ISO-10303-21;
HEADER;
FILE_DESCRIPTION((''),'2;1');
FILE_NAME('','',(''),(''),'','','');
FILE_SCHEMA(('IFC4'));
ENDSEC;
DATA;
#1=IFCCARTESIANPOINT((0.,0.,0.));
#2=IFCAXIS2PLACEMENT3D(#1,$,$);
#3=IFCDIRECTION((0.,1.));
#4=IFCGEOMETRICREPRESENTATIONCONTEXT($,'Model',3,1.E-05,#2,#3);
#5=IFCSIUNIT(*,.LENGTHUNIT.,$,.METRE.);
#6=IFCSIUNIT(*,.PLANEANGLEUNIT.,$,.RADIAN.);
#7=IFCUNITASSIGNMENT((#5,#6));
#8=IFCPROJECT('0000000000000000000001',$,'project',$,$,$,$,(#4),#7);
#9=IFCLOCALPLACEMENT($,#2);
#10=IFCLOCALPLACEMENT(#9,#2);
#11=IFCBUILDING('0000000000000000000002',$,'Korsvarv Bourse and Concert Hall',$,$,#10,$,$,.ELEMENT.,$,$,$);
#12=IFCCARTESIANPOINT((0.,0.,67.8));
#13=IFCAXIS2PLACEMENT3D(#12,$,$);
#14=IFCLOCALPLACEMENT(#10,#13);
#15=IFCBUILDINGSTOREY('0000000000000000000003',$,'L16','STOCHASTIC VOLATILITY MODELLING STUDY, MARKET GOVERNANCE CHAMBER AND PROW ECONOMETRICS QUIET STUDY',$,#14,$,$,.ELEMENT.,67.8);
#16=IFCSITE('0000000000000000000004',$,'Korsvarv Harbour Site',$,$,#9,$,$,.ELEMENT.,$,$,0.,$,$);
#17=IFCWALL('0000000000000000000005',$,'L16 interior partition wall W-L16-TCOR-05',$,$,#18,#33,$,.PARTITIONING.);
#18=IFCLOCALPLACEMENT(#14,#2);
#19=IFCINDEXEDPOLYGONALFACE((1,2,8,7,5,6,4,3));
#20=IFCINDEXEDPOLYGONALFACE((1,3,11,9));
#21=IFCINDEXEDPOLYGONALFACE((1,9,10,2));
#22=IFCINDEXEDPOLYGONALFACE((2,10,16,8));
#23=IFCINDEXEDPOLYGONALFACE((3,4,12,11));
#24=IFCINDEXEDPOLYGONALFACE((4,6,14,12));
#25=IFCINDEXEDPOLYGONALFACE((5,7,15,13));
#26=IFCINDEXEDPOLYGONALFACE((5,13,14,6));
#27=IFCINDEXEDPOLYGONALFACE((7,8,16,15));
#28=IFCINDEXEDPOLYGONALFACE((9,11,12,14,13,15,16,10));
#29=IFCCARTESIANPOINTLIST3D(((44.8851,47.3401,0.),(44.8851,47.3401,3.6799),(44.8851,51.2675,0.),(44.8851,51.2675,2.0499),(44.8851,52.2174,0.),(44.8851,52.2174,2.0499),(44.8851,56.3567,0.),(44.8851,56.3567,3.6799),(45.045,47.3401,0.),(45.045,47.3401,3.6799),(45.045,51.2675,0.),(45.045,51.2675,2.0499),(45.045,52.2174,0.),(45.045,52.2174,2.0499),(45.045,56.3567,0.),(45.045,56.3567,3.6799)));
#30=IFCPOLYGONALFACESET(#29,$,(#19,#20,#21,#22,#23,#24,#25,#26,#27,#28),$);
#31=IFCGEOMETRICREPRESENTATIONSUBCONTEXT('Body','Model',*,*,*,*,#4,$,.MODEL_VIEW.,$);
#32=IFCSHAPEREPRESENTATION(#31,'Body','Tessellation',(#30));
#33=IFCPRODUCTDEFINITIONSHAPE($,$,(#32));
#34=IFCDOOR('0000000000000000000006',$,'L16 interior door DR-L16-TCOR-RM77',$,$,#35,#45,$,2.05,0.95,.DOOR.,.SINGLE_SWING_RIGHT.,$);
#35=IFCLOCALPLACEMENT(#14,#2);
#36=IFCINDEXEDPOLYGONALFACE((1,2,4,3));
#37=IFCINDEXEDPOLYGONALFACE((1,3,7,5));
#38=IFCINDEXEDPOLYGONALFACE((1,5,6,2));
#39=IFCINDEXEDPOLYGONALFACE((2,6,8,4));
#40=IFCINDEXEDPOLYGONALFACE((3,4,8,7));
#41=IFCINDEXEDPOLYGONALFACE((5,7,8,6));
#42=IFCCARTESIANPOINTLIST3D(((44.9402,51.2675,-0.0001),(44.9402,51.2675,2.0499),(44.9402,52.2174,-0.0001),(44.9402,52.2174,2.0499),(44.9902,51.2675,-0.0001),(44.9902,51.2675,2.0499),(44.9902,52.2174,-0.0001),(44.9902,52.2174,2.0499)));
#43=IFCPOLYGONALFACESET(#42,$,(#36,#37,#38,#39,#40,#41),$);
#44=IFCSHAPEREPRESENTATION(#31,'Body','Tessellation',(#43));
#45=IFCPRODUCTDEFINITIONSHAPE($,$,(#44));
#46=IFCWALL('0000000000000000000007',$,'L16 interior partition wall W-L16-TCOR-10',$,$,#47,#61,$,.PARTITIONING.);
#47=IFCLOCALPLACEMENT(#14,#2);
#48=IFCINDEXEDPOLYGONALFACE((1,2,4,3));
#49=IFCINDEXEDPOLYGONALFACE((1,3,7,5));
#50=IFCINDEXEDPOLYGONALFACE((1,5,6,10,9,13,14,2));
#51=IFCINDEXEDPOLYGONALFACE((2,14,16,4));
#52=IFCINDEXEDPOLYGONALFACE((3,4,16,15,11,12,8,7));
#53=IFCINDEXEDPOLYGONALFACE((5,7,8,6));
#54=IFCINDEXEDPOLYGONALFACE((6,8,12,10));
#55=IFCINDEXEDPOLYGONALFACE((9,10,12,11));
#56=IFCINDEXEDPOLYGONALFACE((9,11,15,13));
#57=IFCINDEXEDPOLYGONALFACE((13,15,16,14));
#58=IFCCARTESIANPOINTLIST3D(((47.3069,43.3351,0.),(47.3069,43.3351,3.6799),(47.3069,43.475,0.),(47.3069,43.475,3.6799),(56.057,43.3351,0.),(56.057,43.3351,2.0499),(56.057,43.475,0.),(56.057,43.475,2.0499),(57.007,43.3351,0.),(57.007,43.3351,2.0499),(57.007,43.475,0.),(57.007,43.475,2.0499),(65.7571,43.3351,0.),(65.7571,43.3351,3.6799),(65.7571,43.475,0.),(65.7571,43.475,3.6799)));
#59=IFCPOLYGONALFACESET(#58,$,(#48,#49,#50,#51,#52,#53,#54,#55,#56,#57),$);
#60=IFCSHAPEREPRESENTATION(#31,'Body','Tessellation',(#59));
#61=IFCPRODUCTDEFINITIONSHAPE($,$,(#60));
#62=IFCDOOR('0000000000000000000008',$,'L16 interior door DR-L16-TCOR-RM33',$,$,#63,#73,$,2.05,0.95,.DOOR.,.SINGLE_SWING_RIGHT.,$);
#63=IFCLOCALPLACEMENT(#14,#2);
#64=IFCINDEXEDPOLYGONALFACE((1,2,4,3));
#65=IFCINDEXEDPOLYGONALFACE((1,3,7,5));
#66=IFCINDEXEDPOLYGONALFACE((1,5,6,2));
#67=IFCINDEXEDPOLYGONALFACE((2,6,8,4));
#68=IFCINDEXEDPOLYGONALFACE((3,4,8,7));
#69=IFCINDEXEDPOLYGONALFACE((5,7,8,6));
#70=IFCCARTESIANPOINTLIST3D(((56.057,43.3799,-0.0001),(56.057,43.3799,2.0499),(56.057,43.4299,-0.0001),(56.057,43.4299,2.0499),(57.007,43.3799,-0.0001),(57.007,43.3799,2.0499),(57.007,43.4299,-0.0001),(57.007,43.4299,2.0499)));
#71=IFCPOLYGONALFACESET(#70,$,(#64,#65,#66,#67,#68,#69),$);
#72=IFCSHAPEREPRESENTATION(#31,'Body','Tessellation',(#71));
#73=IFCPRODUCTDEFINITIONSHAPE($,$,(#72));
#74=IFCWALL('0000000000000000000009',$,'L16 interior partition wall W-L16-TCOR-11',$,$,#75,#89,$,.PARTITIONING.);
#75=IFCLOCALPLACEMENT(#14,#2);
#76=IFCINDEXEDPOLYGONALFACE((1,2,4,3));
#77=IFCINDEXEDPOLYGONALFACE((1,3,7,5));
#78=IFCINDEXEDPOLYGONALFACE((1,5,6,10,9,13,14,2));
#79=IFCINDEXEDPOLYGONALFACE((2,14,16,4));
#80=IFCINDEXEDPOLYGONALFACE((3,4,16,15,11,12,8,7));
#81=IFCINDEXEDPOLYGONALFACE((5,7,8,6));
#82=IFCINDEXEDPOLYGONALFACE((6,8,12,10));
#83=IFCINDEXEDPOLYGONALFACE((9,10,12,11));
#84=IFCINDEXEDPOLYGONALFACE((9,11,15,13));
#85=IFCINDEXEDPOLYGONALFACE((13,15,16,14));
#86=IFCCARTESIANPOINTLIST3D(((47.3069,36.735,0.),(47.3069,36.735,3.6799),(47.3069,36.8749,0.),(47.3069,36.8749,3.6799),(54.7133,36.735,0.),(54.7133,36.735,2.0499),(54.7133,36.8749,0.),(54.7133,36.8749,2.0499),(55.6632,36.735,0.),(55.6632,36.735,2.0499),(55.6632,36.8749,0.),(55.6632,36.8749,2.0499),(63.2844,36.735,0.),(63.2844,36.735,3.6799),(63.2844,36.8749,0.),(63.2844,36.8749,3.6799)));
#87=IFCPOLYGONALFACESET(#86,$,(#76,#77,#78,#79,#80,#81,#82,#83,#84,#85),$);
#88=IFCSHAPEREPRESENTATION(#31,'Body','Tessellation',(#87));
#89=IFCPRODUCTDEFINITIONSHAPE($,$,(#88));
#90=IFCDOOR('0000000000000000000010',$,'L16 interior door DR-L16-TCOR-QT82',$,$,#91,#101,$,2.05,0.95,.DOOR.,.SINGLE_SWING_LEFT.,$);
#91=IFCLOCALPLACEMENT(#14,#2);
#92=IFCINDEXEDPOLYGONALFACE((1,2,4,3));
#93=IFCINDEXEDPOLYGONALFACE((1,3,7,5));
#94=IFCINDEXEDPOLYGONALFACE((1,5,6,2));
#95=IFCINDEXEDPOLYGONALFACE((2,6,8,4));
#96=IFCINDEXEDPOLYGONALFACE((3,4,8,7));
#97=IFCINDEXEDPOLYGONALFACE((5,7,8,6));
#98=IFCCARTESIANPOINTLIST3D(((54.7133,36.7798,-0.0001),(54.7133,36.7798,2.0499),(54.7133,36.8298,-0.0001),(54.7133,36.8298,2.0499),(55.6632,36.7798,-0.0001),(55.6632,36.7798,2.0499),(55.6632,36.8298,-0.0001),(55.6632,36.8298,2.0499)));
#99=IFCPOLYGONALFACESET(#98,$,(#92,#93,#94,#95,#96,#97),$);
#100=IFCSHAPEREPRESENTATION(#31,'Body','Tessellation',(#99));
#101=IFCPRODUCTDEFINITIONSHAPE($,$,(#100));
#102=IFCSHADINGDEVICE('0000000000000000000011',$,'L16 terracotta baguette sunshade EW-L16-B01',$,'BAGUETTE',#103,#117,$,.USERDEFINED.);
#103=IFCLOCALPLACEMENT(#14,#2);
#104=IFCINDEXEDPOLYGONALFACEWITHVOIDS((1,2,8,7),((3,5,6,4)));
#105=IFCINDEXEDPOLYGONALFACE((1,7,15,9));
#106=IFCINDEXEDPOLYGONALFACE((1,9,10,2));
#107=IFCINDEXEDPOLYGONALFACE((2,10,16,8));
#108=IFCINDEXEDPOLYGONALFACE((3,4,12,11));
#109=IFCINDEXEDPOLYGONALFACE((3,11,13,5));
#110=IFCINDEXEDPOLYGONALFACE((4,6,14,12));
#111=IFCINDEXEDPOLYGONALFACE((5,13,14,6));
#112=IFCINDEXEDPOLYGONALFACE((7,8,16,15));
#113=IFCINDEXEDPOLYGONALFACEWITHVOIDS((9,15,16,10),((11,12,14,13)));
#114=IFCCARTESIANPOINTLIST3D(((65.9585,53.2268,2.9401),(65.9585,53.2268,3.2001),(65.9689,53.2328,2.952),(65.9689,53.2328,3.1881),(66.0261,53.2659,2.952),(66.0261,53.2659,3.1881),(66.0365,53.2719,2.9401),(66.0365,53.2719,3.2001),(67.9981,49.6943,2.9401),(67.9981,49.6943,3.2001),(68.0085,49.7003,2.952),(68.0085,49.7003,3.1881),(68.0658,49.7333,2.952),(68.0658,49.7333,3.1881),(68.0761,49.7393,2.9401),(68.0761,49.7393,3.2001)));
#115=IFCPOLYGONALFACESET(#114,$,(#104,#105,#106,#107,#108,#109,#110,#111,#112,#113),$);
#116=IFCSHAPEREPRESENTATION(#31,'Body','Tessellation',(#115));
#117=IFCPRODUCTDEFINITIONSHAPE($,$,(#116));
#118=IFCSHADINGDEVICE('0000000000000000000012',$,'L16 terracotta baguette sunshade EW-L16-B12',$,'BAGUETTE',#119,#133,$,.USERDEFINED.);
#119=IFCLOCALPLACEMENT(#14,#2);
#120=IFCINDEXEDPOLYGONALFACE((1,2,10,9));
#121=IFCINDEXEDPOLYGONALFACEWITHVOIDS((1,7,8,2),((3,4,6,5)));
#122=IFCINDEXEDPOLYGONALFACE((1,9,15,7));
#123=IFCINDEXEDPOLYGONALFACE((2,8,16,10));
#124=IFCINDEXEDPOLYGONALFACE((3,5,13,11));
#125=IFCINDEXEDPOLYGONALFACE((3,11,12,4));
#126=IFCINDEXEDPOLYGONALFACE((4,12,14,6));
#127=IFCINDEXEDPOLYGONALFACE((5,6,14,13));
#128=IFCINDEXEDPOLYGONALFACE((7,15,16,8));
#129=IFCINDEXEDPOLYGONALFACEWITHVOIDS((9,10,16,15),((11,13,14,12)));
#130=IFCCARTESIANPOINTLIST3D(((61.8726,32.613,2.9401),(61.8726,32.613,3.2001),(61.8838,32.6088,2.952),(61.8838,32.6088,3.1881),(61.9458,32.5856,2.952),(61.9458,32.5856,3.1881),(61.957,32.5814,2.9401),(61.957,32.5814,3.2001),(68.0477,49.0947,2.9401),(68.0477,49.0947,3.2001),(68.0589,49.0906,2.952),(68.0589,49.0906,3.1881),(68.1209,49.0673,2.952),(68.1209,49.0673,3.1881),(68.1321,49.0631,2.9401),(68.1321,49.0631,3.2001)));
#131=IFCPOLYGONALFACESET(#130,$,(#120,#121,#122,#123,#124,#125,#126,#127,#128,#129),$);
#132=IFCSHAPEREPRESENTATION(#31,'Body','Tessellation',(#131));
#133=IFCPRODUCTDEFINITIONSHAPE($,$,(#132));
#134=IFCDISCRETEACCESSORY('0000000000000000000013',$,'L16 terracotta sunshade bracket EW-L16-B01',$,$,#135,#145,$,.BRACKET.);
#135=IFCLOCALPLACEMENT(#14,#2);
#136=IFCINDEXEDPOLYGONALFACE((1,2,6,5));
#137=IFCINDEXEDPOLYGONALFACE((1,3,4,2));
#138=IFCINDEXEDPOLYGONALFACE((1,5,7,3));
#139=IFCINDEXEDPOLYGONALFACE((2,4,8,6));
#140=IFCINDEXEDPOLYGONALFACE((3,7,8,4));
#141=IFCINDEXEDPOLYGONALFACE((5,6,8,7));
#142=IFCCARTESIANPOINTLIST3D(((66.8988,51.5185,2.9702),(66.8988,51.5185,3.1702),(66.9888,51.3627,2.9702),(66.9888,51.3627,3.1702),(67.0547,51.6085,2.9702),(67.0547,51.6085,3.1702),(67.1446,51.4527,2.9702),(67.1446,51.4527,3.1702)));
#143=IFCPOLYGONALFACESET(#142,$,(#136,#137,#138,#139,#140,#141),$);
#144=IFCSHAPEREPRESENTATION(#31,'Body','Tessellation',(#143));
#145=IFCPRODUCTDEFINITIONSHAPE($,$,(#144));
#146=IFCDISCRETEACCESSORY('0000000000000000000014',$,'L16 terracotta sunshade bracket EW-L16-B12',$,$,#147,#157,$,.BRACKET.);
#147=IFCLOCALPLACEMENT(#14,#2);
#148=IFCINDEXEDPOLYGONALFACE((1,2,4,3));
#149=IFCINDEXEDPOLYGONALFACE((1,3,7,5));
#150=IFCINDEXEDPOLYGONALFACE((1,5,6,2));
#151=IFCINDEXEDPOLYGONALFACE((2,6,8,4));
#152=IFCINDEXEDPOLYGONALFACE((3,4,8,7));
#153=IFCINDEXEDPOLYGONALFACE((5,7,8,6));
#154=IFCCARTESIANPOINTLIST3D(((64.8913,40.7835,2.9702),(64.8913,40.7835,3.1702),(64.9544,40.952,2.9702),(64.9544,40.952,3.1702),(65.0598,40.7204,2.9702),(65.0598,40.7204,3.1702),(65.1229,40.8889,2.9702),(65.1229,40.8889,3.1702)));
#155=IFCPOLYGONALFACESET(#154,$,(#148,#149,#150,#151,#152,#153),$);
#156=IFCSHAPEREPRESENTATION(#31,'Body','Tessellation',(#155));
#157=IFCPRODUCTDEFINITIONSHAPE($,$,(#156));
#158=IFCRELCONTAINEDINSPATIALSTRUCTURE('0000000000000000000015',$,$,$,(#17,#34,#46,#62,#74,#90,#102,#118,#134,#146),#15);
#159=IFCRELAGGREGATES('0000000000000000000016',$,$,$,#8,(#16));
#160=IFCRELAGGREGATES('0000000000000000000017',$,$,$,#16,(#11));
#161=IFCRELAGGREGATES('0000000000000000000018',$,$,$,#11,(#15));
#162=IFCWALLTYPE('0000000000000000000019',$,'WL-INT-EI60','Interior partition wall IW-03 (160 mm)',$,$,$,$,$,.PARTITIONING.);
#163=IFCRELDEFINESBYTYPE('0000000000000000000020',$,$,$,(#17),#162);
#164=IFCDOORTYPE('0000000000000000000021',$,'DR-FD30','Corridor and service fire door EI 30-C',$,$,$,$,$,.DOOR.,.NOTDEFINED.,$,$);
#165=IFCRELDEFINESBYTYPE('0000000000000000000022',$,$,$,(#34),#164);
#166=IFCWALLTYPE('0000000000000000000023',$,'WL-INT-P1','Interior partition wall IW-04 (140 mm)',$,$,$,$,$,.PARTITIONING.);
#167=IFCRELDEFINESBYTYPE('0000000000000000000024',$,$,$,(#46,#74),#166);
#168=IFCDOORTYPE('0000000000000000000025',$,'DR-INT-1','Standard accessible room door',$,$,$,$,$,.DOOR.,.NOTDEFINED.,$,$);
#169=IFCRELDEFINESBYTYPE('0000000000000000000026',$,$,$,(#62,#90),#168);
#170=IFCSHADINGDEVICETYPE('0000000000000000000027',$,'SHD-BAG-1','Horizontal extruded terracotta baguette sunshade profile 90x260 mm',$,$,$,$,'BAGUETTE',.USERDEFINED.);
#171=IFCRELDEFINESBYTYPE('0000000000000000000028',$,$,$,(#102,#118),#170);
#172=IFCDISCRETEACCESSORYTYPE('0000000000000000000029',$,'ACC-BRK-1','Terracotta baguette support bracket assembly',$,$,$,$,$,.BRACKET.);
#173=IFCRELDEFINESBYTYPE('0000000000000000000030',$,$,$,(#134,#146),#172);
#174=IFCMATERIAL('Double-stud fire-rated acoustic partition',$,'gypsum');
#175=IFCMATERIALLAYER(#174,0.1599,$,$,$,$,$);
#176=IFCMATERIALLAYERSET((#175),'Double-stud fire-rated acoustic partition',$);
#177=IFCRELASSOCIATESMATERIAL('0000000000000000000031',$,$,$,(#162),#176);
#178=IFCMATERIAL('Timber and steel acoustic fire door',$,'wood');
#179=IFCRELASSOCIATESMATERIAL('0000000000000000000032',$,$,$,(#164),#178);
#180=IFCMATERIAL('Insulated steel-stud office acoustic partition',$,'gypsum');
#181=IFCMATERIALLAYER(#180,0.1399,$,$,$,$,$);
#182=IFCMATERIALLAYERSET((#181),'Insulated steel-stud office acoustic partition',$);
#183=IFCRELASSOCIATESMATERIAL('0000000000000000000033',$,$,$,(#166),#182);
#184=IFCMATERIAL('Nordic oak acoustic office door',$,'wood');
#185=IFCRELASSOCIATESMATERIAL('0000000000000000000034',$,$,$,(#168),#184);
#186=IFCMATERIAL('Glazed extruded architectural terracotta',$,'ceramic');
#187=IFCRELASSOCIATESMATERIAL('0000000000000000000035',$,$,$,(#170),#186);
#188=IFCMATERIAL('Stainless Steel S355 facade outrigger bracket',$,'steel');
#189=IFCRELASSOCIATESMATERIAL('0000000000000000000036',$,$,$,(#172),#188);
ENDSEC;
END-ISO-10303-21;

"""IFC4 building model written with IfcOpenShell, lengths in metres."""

from ifc_helpers import new_model, si_unit, direction, frame, frame_2d, origin, origin_2d, place, context, subcontext, project, spatial, rectangle, hollow_rectangle, extrude, source, transform, mapped, material, layer, layer_set, material_profile, profile_set, type_object, element, fill, save


model = new_model("IFC4")

# Units and contexts
model_context = context("Model", 3, precision=1e-05, world=origin(), true_north=direction((0.0, 1.0)))
body_context = subcontext(model_context, "Body", "Model", "MODEL_VIEW")
ifc_project = project(units=[si_unit("LENGTHUNIT", "METRE"), si_unit("PLANEANGLEUNIT", "RADIAN")], contexts=[model_context])

# Site, building, storey
site_placement = place(None, origin())
site = spatial("IfcSite", under=ifc_project, at=site_placement, Name="Korsvarv Harbour Site", CompositionType="ELEMENT", RefElevation=0.0)
building_placement = place(site_placement, origin())
building = spatial("IfcBuilding", under=site, at=building_placement, Name="Korsvarv Bourse and Concert Hall", CompositionType="ELEMENT")
storey_placement = place(building_placement, frame((0.0, 0.0, 67.8)))
storey = spatial("IfcBuildingStorey", under=building, at=storey_placement, Name="L16", Description="STOCHASTIC VOLATILITY MODELLING STUDY, MARKET GOVERNANCE CHAMBER AND PROW ECONOMETRICS QUIET STUDY", CompositionType="ELEMENT", Elevation=67.8)

# Walls, openings, doors
ifc_material_1 = material(Name="Double-stud fire-rated acoustic partition", Category="gypsum")
ifc_layer_1 = layer(ifc_material_1, 0.1599)
ifc_layer_set_1 = layer_set([ifc_layer_1], Name="Double-stud fire-rated acoustic partition")
wall_type_1 = type_object("IfcWallType", Name="WL-INT-EI60", Description="Interior partition wall IW-03 (160 mm)", PredefinedType="PARTITIONING", material=ifc_layer_set_1)
wall_1_placement = place(storey_placement, frame((44.9651, 47.3401, 0.0), z_axis=(0.0, 0.0, 1.0), x_axis=(0.0, 1.0, 0.0)))
wall_1 = element("IfcWall", 1, at=wall_1_placement, inside=storey, type_object=wall_type_1, Name="L16 interior partition wall W-L16-TCOR-05", PredefinedType="PARTITIONING", context=body_context, shape_type="SweptSolid", body=[
    extrude(rectangle(XDim=9.0166, YDim=0.1599, at=frame_2d((4.5083, 0.0))), origin(), (0.0, 0.0, 1.0), 3.6799),
])
opening_1_placement = place(wall_1_placement, frame((3.9272, 0.0, 0.0)))
opening_1 = element("IfcOpeningElement", 2, at=opening_1_placement, cuts=wall_1, PredefinedType="OPENING", context=body_context, shape_type="SweptSolid", body=[
    extrude(rectangle(XDim=0.95, YDim=2.05, at=frame_2d((0.4751, 1.0249))), frame((0.0, 0.0898, 0.0), z_axis=(0.0, -1.0, 0.0), x_axis=(1.0, 0.0, 0.0)), (0.0, 0.0, 1.0), 0.1799),
])
ifc_material_2 = material(Name="Timber and steel acoustic fire door", Category="wood")
door_type_1 = type_object("IfcDoorType", Name="DR-FD30", Description="Corridor and service fire door EI 30-C", OperationType="NOTDEFINED", PredefinedType="DOOR", material=ifc_material_2)
door_1_placement = place(opening_1_placement, origin())
door_1 = element("IfcDoor", 3, at=door_1_placement, inside=storey, type_object=door_type_1, Name="L16 interior door DR-L16-TCOR-RM77", OperationType="SINGLE_SWING_RIGHT", OverallHeight=2.05, OverallWidth=0.95, PredefinedType="DOOR", context=body_context, shape_type="SweptSolid", body=[
    extrude(rectangle(XDim=0.95, YDim=2.05, at=frame_2d((0.4751, 1.0249))), frame((0.0, 0.0249, 0.0), z_axis=(0.0, -1.0, 0.0), x_axis=(1.0, 0.0, 0.0)), (0.0, 0.0, 1.0), 0.05),
])
fill(opening_1, door_1)
ifc_material_3 = material(Name="Insulated steel-stud office acoustic partition", Category="gypsum")
ifc_layer_2 = layer(ifc_material_3, 0.1399)
ifc_layer_set_2 = layer_set([ifc_layer_2], Name="Insulated steel-stud office acoustic partition")
wall_type_2 = type_object("IfcWallType", Name="WL-INT-P1", Description="Interior partition wall IW-04 (140 mm)", PredefinedType="PARTITIONING", material=ifc_layer_set_2)
wall_2_placement = place(storey_placement, frame((47.3069, 43.405, 0.0), z_axis=(0.0, 0.0, 1.0), x_axis=(1.0, 0.0, 0.0)))
wall_2 = element("IfcWall", 4, at=wall_2_placement, inside=storey, type_object=wall_type_2, Name="L16 interior partition wall W-L16-TCOR-10", PredefinedType="PARTITIONING", context=body_context, shape_type="SweptSolid", body=[
    extrude(rectangle(XDim=18.4502, YDim=0.1399, at=frame_2d((9.2251, 0.0))), origin(), (0.0, 0.0, 1.0), 3.6799),
])
opening_2_placement = place(wall_2_placement, frame((8.75, 0.0, 0.0)))
opening_2 = element("IfcOpeningElement", 5, at=opening_2_placement, cuts=wall_2, PredefinedType="OPENING", context=body_context, shape_type="SweptSolid", body=[
    extrude(rectangle(XDim=0.95, YDim=2.05, at=frame_2d((0.4751, 1.0249))), frame((0.0, 0.0801, 0.0), z_axis=(0.0, -1.0, 0.0), x_axis=(1.0, 0.0, 0.0)), (0.0, 0.0, 1.0), 0.1599),
])
ifc_material_4 = material(Name="Nordic oak acoustic office door", Category="wood")
door_type_2 = type_object("IfcDoorType", Name="DR-INT-1", Description="Standard accessible room door", OperationType="NOTDEFINED", PredefinedType="DOOR", material=ifc_material_4)
door_2_placement = place(opening_2_placement, origin())
door_2 = element("IfcDoor", 6, at=door_2_placement, inside=storey, type_object=door_type_2, Name="L16 interior door DR-L16-TCOR-RM33", OperationType="SINGLE_SWING_RIGHT", OverallHeight=2.05, OverallWidth=0.95, PredefinedType="DOOR", context=body_context, shape_type="SweptSolid", body=[
    extrude(rectangle(XDim=0.95, YDim=2.05, at=frame_2d((0.4751, 1.0249))), frame((0.0, 0.0249, 0.0), z_axis=(0.0, -1.0, 0.0), x_axis=(1.0, 0.0, 0.0)), (0.0, 0.0, 1.0), 0.05),
])
fill(opening_2, door_2)
wall_3_placement = place(storey_placement, frame((47.3069, 36.8049, 0.0), z_axis=(0.0, 0.0, 1.0), x_axis=(1.0, 0.0, 0.0)))
wall_3 = element("IfcWall", 7, at=wall_3_placement, inside=storey, type_object=wall_type_2, Name="L16 interior partition wall W-L16-TCOR-11", PredefinedType="PARTITIONING", context=body_context, shape_type="SweptSolid", body=[
    extrude(rectangle(XDim=15.9775, YDim=0.1399, at=frame_2d((7.9888, 0.0))), origin(), (0.0, 0.0, 1.0), 3.6799),
])
opening_3_placement = place(wall_3_placement, frame((7.4062, 0.0, 0.0)))
opening_3 = element("IfcOpeningElement", 8, at=opening_3_placement, cuts=wall_3, PredefinedType="OPENING", context=body_context, shape_type="SweptSolid", body=[
    extrude(rectangle(XDim=0.95, YDim=2.05, at=frame_2d((0.4751, 1.0249))), frame((0.0, 0.0801, 0.0), z_axis=(0.0, -1.0, 0.0), x_axis=(1.0, 0.0, 0.0)), (0.0, 0.0, 1.0), 0.1599),
])
door_3_placement = place(opening_3_placement, origin())
door_3 = element("IfcDoor", 9, at=door_3_placement, inside=storey, type_object=door_type_2, Name="L16 interior door DR-L16-TCOR-QT82", OperationType="SINGLE_SWING_LEFT", OverallHeight=2.05, OverallWidth=0.95, PredefinedType="DOOR", context=body_context, shape_type="SweptSolid", body=[
    extrude(rectangle(XDim=0.95, YDim=2.05, at=frame_2d((0.4751, 1.0249))), frame((0.0, 0.0249, 0.0), z_axis=(0.0, -1.0, 0.0), x_axis=(1.0, 0.0, 0.0)), (0.0, 0.0, 1.0), 0.05),
])
fill(opening_3, door_3)

# Shading devices
ifc_material_5 = material(Name="Glazed extruded architectural terracotta", Category="ceramic")
ifc_material_profile_1 = material_profile(ifc_material_5, hollow_rectangle(XDim=0.0901, YDim=0.26, WallThickness=0.012, at=origin_2d()), Name="TC-BAG 90x260")
ifc_profile_set_1 = profile_set([ifc_material_profile_1], Name="Glazed extruded architectural terracotta")
shading_device_type = type_object("IfcShadingDeviceType", Name="SHD-BAG-1", Description="Horizontal extruded terracotta baguette sunshade profile 90x260 mm", ElementType="BAGUETTE", PredefinedType="USERDEFINED", material=ifc_profile_set_1)
shared_shape_1 = source(origin(), body_context, "Body", "SweptSolid", [
    extrude(hollow_rectangle(XDim=0.0901, YDim=0.26, WallThickness=0.012, at=origin_2d()), origin(), (0.0, 0.0, 1.0), 4.0791),
])
shading_device_1_placement = place(storey_placement, frame((68.0371, 49.7168, 3.0701), z_axis=(-0.500014, 0.866017, 0.0), x_axis=(-0.866017, -0.500014, 0.0)))
element("IfcShadingDevice", 10, at=shading_device_1_placement, inside=storey, type_object=shading_device_type, Name="L16 terracotta baguette sunshade EW-L16-B01", ObjectType="BAGUETTE", PredefinedType="USERDEFINED", context=body_context, shape_type="MappedRepresentation", body=[
    mapped(shared_shape_1, transform((0.0, 0.0, 0.0), scale=1.0)),
])
shared_shape_2 = source(origin(), body_context, "Body", "SweptSolid", [
    extrude(hollow_rectangle(XDim=0.0901, YDim=0.26, WallThickness=0.012, at=origin_2d()), origin(), (0.0, 0.0, 1.0), 17.6006),
])
shading_device_2_placement = place(storey_placement, frame((61.9148, 32.5972, 3.0701), z_axis=(0.350845, 0.936433, 0.0), x_axis=(-0.936433, 0.350845, 0.0)))
element("IfcShadingDevice", 11, at=shading_device_2_placement, inside=storey, type_object=shading_device_type, Name="L16 terracotta baguette sunshade EW-L16-B12", ObjectType="BAGUETTE", PredefinedType="USERDEFINED", context=body_context, shape_type="MappedRepresentation", body=[
    mapped(shared_shape_2, transform((0.0, 0.0, 0.0), scale=1.0)),
])

# Discrete accessories
ifc_material_6 = material(Name="Stainless Steel S355 facade outrigger bracket", Category="steel")
discrete_accessory_type = type_object("IfcDiscreteAccessoryType", Name="ACC-BRK-1", Description="Terracotta baguette support bracket assembly", PredefinedType="BRACKET", material=ifc_material_6)
shared_shape_3 = source(origin(), body_context, "Body", "SweptSolid", [
    extrude(rectangle(XDim=0.1799, YDim=0.1799, at=origin_2d()), origin(), (0.0, 0.0, 1.0), 0.2),
])
for number, where, z_axis, x_axis, name in (
    (12, (67.0217, 51.4856, 2.9702), (0.0, 0.0, 1.0), (-0.5, 0.866025, 0.0), "L16 terracotta sunshade bracket EW-L16-B01"),
    (13, (65.0071, 40.8362, 2.9702), (0.0, 0.0, 1.0), (0.350861, 0.936427, 0.0), "L16 terracotta sunshade bracket EW-L16-B12"),
):
    element("IfcDiscreteAccessory", number, at=place(storey_placement, frame(where, z_axis=z_axis, x_axis=x_axis)), inside=storey, type_object=discrete_accessory_type, Name=name, PredefinedType="BRACKET", context=body_context, shape_type="MappedRepresentation", body=[
        mapped(shared_shape_3, transform((0.0, 0.0, 0.0), scale=1.0)),
    ])

save(model, "model.ifc")
